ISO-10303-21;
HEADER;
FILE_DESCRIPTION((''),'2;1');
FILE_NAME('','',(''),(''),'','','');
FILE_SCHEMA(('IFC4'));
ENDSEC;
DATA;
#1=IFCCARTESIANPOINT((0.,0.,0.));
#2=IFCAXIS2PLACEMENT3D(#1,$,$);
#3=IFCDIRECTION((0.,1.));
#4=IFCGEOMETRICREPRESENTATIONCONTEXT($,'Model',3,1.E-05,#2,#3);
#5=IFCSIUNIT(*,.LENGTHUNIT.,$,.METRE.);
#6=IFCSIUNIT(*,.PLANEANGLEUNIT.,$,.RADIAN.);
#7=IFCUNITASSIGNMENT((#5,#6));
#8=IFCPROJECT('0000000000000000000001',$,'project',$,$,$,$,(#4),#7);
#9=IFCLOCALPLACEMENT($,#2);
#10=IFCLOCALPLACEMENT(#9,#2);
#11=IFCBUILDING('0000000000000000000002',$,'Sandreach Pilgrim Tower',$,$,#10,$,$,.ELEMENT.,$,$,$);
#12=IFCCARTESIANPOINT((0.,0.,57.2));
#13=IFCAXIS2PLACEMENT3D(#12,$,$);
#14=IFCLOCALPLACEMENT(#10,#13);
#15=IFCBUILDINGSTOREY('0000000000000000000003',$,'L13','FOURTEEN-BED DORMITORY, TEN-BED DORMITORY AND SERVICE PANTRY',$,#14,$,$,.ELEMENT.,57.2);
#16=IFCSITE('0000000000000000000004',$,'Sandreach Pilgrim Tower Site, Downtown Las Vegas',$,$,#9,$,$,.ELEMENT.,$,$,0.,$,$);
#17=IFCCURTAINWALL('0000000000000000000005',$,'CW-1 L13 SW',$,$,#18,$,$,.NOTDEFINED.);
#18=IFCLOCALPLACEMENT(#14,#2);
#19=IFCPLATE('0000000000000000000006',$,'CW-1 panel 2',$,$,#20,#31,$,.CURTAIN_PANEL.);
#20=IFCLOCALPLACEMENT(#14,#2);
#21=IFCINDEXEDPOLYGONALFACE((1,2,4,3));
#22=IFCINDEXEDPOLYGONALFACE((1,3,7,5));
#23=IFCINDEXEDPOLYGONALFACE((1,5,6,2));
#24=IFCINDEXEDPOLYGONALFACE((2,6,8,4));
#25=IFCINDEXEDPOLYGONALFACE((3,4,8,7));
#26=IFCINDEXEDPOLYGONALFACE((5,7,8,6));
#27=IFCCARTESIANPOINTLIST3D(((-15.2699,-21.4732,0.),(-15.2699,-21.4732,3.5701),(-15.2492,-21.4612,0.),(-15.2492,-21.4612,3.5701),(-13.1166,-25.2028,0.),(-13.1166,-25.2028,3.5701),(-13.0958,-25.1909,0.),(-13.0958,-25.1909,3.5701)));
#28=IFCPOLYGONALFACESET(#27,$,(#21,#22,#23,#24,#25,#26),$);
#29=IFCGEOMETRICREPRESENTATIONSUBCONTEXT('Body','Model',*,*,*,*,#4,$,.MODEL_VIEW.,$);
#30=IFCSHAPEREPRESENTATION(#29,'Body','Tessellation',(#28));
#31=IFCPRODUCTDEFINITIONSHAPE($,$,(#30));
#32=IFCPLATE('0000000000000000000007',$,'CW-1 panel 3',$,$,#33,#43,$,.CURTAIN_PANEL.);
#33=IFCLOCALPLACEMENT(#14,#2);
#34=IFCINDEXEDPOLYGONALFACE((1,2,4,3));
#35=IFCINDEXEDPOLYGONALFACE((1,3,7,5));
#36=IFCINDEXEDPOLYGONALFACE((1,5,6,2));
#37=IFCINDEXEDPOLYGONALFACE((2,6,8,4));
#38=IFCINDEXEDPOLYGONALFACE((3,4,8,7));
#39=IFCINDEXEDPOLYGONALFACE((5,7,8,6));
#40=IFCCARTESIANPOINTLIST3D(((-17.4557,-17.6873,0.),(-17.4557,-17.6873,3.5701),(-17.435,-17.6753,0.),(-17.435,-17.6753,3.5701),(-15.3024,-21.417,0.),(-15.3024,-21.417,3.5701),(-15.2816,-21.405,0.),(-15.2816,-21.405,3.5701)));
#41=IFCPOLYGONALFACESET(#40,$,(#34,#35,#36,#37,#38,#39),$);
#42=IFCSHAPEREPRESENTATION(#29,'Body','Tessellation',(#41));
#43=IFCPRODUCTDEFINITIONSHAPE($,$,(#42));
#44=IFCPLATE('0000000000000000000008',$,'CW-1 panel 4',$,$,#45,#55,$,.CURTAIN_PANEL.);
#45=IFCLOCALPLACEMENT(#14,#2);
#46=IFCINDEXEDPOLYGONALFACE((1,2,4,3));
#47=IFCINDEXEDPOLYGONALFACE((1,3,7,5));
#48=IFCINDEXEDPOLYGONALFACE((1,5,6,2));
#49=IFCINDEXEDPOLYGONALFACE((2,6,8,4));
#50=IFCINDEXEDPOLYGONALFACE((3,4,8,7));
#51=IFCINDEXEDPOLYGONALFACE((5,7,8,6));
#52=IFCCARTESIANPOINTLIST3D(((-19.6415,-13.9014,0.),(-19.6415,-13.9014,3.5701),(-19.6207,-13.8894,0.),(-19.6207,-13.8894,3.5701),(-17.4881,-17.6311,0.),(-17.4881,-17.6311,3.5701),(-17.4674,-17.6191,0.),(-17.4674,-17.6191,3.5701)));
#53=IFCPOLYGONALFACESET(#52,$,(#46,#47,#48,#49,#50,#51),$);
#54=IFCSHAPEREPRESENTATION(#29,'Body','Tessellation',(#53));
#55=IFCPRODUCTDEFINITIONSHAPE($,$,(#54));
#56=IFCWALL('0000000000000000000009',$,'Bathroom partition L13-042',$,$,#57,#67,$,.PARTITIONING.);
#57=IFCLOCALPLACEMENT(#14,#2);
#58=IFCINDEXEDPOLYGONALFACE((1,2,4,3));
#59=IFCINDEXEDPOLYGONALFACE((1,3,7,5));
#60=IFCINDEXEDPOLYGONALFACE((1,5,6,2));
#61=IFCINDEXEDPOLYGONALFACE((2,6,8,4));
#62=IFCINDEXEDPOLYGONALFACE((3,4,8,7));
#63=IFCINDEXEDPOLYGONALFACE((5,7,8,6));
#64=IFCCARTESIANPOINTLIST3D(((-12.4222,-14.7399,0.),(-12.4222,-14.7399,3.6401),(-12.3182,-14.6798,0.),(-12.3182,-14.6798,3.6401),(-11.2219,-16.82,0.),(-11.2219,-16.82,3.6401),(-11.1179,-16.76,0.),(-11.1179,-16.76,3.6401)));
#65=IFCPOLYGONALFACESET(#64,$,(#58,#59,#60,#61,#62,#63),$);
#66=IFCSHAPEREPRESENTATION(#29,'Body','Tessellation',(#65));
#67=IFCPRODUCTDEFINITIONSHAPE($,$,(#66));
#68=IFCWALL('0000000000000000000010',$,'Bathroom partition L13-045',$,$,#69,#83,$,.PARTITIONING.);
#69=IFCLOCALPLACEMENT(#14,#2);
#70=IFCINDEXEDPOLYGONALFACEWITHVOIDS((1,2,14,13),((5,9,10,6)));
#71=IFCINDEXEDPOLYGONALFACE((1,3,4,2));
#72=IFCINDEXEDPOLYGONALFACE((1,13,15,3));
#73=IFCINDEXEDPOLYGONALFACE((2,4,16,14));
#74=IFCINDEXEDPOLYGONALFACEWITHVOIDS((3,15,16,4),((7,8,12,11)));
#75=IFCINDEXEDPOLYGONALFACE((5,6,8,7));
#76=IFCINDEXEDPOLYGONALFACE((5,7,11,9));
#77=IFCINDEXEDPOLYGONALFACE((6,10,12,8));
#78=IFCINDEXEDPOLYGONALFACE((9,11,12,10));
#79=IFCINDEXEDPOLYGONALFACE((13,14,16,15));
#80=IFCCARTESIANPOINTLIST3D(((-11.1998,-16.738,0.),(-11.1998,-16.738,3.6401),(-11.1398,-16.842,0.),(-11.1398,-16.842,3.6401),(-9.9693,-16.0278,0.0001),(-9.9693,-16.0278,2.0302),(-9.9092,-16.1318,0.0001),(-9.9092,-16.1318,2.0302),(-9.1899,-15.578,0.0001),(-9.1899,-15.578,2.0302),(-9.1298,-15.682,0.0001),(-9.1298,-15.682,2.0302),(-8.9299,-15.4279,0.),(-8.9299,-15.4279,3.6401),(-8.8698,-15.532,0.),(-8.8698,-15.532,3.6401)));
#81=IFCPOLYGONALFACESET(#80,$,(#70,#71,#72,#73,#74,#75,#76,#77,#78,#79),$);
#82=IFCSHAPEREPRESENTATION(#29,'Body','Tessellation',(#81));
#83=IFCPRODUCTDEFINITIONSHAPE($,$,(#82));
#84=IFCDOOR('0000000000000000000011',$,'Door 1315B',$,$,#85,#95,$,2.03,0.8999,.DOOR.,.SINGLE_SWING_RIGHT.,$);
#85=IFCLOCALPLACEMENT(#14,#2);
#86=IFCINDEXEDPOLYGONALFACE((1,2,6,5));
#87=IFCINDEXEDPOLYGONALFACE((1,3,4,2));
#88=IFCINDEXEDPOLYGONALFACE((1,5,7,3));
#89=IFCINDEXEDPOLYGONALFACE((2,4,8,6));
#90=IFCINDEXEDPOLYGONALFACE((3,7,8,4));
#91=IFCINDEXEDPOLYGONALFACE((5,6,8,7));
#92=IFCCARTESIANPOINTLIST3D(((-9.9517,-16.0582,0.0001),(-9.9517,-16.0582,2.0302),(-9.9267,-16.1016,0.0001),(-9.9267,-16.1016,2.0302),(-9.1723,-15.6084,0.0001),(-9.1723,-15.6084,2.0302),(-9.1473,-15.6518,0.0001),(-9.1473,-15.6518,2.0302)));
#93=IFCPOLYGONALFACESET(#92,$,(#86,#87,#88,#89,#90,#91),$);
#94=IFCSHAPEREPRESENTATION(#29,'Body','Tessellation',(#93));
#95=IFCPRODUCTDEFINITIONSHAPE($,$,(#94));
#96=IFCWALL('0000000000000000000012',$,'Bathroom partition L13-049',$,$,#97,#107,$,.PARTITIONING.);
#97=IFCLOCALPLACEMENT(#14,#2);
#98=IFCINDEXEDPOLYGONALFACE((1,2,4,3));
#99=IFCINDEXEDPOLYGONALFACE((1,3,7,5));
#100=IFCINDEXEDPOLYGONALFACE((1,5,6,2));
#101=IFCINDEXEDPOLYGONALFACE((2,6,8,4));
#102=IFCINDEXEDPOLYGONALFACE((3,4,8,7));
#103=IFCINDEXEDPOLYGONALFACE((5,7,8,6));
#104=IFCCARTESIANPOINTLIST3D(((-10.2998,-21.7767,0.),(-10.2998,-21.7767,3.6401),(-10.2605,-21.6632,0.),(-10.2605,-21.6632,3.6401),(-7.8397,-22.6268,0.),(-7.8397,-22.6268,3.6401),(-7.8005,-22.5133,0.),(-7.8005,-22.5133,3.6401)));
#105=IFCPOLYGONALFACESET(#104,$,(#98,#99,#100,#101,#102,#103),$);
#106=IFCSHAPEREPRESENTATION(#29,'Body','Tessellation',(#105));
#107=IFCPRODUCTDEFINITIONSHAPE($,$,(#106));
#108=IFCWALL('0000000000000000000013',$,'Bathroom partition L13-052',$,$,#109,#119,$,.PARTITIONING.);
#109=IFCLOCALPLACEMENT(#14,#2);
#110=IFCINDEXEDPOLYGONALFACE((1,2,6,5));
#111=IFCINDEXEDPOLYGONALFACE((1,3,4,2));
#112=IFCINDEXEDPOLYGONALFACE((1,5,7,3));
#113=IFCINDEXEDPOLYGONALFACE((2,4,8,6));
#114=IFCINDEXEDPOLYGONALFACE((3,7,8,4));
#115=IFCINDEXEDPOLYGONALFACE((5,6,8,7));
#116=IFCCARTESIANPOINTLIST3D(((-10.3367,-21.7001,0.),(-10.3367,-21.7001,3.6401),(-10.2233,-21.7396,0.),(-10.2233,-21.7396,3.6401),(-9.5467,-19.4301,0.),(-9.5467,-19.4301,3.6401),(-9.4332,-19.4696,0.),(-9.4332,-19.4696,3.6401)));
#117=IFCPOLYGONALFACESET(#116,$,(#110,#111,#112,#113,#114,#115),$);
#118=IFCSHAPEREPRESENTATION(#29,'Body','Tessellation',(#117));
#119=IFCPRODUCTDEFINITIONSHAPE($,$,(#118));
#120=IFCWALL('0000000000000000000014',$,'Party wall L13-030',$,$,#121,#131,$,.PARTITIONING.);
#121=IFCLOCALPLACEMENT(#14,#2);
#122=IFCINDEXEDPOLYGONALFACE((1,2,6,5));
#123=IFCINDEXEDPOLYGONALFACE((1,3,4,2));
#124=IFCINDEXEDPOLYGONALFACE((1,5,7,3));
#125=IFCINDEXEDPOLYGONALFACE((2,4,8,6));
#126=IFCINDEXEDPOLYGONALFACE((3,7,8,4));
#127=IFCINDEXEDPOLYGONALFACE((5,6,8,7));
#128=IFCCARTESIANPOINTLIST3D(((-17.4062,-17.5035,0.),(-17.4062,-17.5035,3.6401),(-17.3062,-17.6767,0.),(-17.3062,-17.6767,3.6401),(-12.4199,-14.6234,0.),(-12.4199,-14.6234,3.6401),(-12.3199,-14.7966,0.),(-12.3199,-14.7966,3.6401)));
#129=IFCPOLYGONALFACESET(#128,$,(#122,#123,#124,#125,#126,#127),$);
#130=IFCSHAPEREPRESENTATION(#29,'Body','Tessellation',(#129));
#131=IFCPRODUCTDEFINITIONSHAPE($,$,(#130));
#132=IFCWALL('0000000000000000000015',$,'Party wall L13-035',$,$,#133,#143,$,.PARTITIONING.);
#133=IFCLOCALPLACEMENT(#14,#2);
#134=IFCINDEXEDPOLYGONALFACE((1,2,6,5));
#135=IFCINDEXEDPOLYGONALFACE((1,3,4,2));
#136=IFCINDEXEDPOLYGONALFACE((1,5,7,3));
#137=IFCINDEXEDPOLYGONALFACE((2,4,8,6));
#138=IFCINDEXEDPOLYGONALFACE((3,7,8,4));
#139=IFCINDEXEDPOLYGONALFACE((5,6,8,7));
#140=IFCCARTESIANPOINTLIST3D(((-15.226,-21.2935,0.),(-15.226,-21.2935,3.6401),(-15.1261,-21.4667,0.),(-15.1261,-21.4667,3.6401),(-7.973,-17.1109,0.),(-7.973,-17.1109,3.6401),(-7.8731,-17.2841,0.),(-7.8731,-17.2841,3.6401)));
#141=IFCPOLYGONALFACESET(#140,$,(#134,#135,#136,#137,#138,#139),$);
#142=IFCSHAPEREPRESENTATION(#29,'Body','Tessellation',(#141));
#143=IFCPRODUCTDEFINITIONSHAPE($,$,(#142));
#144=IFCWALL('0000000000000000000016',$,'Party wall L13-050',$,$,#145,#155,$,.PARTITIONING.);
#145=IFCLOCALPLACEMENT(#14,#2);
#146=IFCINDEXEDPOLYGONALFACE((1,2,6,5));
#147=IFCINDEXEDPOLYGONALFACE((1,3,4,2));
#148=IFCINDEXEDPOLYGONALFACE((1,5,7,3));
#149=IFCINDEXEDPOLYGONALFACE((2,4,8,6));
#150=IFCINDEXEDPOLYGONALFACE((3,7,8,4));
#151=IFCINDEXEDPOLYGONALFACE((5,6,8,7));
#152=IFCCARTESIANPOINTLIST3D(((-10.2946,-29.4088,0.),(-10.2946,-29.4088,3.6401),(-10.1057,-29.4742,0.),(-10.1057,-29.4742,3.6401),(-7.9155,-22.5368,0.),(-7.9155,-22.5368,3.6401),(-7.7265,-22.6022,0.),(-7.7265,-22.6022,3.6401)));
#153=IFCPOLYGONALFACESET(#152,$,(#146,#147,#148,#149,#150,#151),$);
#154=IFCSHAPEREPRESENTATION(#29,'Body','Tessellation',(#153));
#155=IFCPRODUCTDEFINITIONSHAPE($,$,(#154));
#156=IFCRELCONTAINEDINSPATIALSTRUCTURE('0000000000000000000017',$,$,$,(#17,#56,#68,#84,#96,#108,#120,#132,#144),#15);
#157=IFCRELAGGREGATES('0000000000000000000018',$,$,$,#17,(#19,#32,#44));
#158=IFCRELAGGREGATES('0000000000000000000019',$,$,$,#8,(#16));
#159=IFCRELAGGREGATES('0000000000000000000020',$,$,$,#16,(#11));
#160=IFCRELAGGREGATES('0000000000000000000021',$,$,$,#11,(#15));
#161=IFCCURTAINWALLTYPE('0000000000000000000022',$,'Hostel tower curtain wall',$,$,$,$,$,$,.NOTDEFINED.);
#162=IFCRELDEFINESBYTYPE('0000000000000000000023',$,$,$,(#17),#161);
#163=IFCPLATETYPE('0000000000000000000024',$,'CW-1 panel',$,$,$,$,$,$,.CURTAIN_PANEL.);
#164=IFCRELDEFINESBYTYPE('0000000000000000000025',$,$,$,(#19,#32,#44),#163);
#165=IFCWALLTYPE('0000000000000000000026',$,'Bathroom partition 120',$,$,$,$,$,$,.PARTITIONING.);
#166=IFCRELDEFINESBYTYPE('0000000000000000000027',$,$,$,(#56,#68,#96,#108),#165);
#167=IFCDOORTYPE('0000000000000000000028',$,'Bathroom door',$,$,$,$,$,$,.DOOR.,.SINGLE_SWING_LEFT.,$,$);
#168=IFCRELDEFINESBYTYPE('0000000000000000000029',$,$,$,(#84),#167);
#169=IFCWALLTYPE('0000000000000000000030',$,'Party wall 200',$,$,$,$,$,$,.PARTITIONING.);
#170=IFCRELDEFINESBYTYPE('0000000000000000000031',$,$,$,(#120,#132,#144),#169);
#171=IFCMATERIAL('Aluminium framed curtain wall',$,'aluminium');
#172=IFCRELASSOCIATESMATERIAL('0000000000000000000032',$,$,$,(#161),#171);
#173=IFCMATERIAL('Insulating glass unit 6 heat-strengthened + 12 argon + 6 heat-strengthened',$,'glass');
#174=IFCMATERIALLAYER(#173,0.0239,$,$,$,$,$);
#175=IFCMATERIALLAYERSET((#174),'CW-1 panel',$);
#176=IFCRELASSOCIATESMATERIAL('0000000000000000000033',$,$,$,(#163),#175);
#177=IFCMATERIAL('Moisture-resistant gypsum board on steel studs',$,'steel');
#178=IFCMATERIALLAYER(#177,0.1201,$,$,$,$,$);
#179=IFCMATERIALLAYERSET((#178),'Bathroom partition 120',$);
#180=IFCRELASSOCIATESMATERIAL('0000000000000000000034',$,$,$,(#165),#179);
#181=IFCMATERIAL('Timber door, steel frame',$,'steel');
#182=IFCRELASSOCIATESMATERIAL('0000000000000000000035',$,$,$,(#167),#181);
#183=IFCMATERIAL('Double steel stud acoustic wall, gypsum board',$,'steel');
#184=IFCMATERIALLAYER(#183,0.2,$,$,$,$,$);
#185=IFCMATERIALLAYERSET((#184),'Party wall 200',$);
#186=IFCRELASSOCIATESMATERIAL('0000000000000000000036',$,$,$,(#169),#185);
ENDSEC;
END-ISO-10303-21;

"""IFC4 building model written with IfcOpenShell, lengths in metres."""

from ifc_helpers import new_model, si_unit, direction, frame, frame_2d, origin, origin_2d, place, context, subcontext, project, spatial, rectangle, extrude, material, layer, layer_set, type_object, element, fill, aggregate, save


model = new_model("IFC4")

# Units and contexts
model_context = context("Model", 3, precision=1e-05, world=origin(), true_north=direction((0.0, 1.0)))
body_context = subcontext(model_context, "Body", "Model", "MODEL_VIEW")
ifc_project = project(units=[si_unit("LENGTHUNIT", "METRE"), si_unit("PLANEANGLEUNIT", "RADIAN")], contexts=[model_context])

# Site, building, storey
site_placement = place(None, origin())
site = spatial("IfcSite", under=ifc_project, at=site_placement, Name="Sandreach Pilgrim Tower Site, Downtown Las Vegas", CompositionType="ELEMENT", RefElevation=0.0)
building_placement = place(site_placement, origin())
building = spatial("IfcBuilding", under=site, at=building_placement, Name="Sandreach Pilgrim Tower", CompositionType="ELEMENT")
storey_placement = place(building_placement, frame((0.0, 0.0, 57.2)))
storey = spatial("IfcBuildingStorey", under=building, at=storey_placement, Name="L13", Description="FOURTEEN-BED DORMITORY, TEN-BED DORMITORY AND SERVICE PANTRY", CompositionType="ELEMENT", Elevation=57.2)

# Curtain wall
ifc_material_1 = material(Name="Aluminium framed curtain wall", Category="aluminium")
curtain_wall_type = type_object("IfcCurtainWallType", Name="Hostel tower curtain wall", PredefinedType="NOTDEFINED", material=ifc_material_1)
curtain_wall_placement = place(storey_placement, origin())
curtain_wall = element("IfcCurtainWall", 1, at=curtain_wall_placement, inside=storey, type_object=curtain_wall_type, Name="CW-1 L13 SW", PredefinedType="NOTDEFINED")

# Plates
ifc_material_2 = material(Name="Insulating glass unit 6 heat-strengthened + 12 argon + 6 heat-strengthened", Category="glass")
ifc_layer_1 = layer(ifc_material_2, 0.0239)
ifc_layer_set_1 = layer_set([ifc_layer_1], Name="CW-1 panel")
plate_type = type_object("IfcPlateType", Name="CW-1 panel", PredefinedType="CURTAIN_PANEL", material=ifc_layer_set_1)
plate_1_placement = place(storey_placement, frame((-14.1829, -23.332, 0.0), z_axis=(0.0, 0.0, 1.0), x_axis=(-0.5, 0.866025, 0.0)))
plate_1 = element("IfcPlate", 2, at=plate_1_placement, type_object=plate_type, Name="CW-1 panel 2", PredefinedType="CURTAIN_PANEL", context=body_context, shape_type="SweptSolid", body=[
    extrude(rectangle(XDim=4.3066, YDim=0.0239, at=origin_2d()), origin(), (0.0, 0.0, 1.0), 3.5701),
])
plate_2_placement = place(storey_placement, frame((-16.3687, -19.5461, 0.0), z_axis=(0.0, 0.0, 1.0), x_axis=(-0.5, 0.866025, 0.0)))
plate_2 = element("IfcPlate", 3, at=plate_2_placement, type_object=plate_type, Name="CW-1 panel 3", PredefinedType="CURTAIN_PANEL", context=body_context, shape_type="SweptSolid", body=[
    extrude(rectangle(XDim=4.3066, YDim=0.0239, at=origin_2d()), origin(), (0.0, 0.0, 1.0), 3.5701),
])
plate_3_placement = place(storey_placement, frame((-18.5544, -15.7603, 0.0), z_axis=(0.0, 0.0, 1.0), x_axis=(-0.5, 0.866025, 0.0)))
plate_3 = element("IfcPlate", 4, at=plate_3_placement, type_object=plate_type, Name="CW-1 panel 4", PredefinedType="CURTAIN_PANEL", context=body_context, shape_type="SweptSolid", body=[
    extrude(rectangle(XDim=4.3066, YDim=0.0239, at=origin_2d()), origin(), (0.0, 0.0, 1.0), 3.5701),
])
aggregate(curtain_wall, [plate_1, plate_2, plate_3])

# Wall
ifc_material_3 = material(Name="Moisture-resistant gypsum board on steel studs", Category="steel")
ifc_layer_2 = layer(ifc_material_3, 0.1201)
ifc_layer_set_2 = layer_set([ifc_layer_2], Name="Bathroom partition 120")
wall_type_1 = type_object("IfcWallType", Name="Bathroom partition 120", PredefinedType="PARTITIONING", material=ifc_layer_set_2)
wall_1_placement = place(storey_placement, frame((-12.3701, -14.71, 0.0), z_axis=(0.0, 0.0, 1.0), x_axis=(0.499769, -0.866159, 0.0)))
element("IfcWall", 5, at=wall_1_placement, inside=storey, type_object=wall_type_1, Name="Bathroom partition L13-042", PredefinedType="PARTITIONING", context=body_context, shape_type="SweptSolid", body=[
    extrude(rectangle(XDim=2.4016, YDim=0.1201, at=frame_2d((1.2007, 0.0))), origin(), (0.0, 0.0, 1.0), 3.6401),
])

# Wall, opening, door
wall_2_placement = place(storey_placement, frame((-11.1699, -16.79, 0.0), z_axis=(0.0, 0.0, 1.0), x_axis=(0.866114, 0.499846, 0.0)))
wall_2 = element("IfcWall", 6, at=wall_2_placement, inside=storey, type_object=wall_type_1, Name="Bathroom partition L13-045", PredefinedType="PARTITIONING", context=body_context, shape_type="SweptSolid", body=[
    extrude(rectangle(XDim=2.6208, YDim=0.1201, at=frame_2d((1.3105, 0.0))), origin(), (0.0, 0.0, 1.0), 3.6401),
])
opening_placement = place(wall_2_placement, frame((1.4209, 0.0, 0.0)))
opening = element("IfcOpeningElement", 7, at=opening_placement, cuts=wall_2, PredefinedType="OPENING", context=body_context, shape_type="SweptSolid", body=[
    extrude(rectangle(XDim=0.8999, YDim=2.03, at=frame_2d((0.45, 1.0151))), frame((0.0, 0.0601, 0.0), z_axis=(0.0, -1.0, 0.0), x_axis=(1.0, 0.0, 0.0)), (0.0, 0.0, 1.0), 0.1201),
])
ifc_material_4 = material(Name="Timber door, steel frame", Category="steel")
door_type = type_object("IfcDoorType", Name="Bathroom door", OperationType="SINGLE_SWING_LEFT", PredefinedType="DOOR", material=ifc_material_4)
door_placement = place(opening_placement, origin())
door = element("IfcDoor", 8, at=door_placement, inside=storey, type_object=door_type, Name="Door 1315B", OperationType="SINGLE_SWING_RIGHT", OverallHeight=2.03, OverallWidth=0.8999, PredefinedType="DOOR", context=body_context, shape_type="SweptSolid", body=[
    extrude(rectangle(XDim=0.8999, YDim=2.03, at=frame_2d((0.45, 1.0151))), frame((0.0, 0.0249, 0.0), z_axis=(0.0, -1.0, 0.0), x_axis=(1.0, 0.0, 0.0)), (0.0, 0.0, 1.0), 0.05),
])
fill(opening, door)

# Walls
wall_3_placement = place(storey_placement, frame((-10.28, -21.72, 0.0), z_axis=(0.0, 0.0, 1.0), x_axis=(0.945155, -0.326621, 0.0)))
element("IfcWall", 9, at=wall_3_placement, inside=storey, type_object=wall_type_1, Name="Bathroom partition L13-049", PredefinedType="PARTITIONING", context=body_context, shape_type="SweptSolid", body=[
    extrude(rectangle(XDim=2.6028, YDim=0.1201, at=frame_2d((1.3013, 0.0))), origin(), (0.0, 0.0, 1.0), 3.6401),
])
wall_4_placement = place(storey_placement, frame((-9.49, -19.45, 0.0), z_axis=(0.0, 0.0, 1.0), x_axis=(-0.328694, -0.944436, 0.0)))
element("IfcWall", 10, at=wall_4_placement, inside=storey, type_object=wall_type_1, Name="Bathroom partition L13-052", PredefinedType="PARTITIONING", context=body_context, shape_type="SweptSolid", body=[
    extrude(rectangle(XDim=2.4036, YDim=0.1201, at=frame_2d((1.2017, 0.0))), origin(), (0.0, 0.0, 1.0), 3.6401),
])
ifc_material_5 = material(Name="Double steel stud acoustic wall, gypsum board", Category="steel")
ifc_layer_3 = layer(ifc_material_5, 0.2)
ifc_layer_set_3 = layer_set([ifc_layer_3], Name="Party wall 200")
wall_type_2 = type_object("IfcWallType", Name="Party wall 200", PredefinedType="PARTITIONING", material=ifc_layer_set_3)
wall_5_placement = place(storey_placement, frame((-17.3562, -17.5901, 0.0), z_axis=(0.0, 0.0, 1.0), x_axis=(0.86593, 0.500165, 0.0)))
element("IfcWall", 11, at=wall_5_placement, inside=storey, type_object=wall_type_2, Name="Party wall L13-030", PredefinedType="PARTITIONING", context=body_context, shape_type="SweptSolid", body=[
    extrude(rectangle(XDim=5.7583, YDim=0.2, at=frame_2d((2.8792, 0.0))), origin(), (0.0, 0.0, 1.0), 3.6401),
])
wall_6_placement = place(storey_placement, frame((-15.176, -21.3801, 0.0), z_axis=(0.0, 0.0, 1.0), x_axis=(0.866277, 0.499564, 0.0)))
element("IfcWall", 12, at=wall_6_placement, inside=storey, type_object=wall_type_2, Name="Party wall L13-035", PredefinedType="PARTITIONING", context=body_context, shape_type="SweptSolid", body=[
    extrude(rectangle(XDim=8.3726, YDim=0.2, at=frame_2d((4.1863, 0.0))), origin(), (0.0, 0.0, 1.0), 3.6401),
])
wall_7_placement = place(storey_placement, frame((-10.2002, -29.4417, 0.0), z_axis=(0.0, 0.0, 1.0), x_axis=(0.327154, 0.944971, 0.0)))
element("IfcWall", 13, at=wall_7_placement, inside=storey, type_object=wall_type_2, Name="Party wall L13-050", PredefinedType="PARTITIONING", context=body_context, shape_type="SweptSolid", body=[
    extrude(rectangle(XDim=7.2722, YDim=0.2, at=frame_2d((3.6362, 0.0))), origin(), (0.0, 0.0, 1.0), 3.6401),
])

save(model, "model.ifc")
